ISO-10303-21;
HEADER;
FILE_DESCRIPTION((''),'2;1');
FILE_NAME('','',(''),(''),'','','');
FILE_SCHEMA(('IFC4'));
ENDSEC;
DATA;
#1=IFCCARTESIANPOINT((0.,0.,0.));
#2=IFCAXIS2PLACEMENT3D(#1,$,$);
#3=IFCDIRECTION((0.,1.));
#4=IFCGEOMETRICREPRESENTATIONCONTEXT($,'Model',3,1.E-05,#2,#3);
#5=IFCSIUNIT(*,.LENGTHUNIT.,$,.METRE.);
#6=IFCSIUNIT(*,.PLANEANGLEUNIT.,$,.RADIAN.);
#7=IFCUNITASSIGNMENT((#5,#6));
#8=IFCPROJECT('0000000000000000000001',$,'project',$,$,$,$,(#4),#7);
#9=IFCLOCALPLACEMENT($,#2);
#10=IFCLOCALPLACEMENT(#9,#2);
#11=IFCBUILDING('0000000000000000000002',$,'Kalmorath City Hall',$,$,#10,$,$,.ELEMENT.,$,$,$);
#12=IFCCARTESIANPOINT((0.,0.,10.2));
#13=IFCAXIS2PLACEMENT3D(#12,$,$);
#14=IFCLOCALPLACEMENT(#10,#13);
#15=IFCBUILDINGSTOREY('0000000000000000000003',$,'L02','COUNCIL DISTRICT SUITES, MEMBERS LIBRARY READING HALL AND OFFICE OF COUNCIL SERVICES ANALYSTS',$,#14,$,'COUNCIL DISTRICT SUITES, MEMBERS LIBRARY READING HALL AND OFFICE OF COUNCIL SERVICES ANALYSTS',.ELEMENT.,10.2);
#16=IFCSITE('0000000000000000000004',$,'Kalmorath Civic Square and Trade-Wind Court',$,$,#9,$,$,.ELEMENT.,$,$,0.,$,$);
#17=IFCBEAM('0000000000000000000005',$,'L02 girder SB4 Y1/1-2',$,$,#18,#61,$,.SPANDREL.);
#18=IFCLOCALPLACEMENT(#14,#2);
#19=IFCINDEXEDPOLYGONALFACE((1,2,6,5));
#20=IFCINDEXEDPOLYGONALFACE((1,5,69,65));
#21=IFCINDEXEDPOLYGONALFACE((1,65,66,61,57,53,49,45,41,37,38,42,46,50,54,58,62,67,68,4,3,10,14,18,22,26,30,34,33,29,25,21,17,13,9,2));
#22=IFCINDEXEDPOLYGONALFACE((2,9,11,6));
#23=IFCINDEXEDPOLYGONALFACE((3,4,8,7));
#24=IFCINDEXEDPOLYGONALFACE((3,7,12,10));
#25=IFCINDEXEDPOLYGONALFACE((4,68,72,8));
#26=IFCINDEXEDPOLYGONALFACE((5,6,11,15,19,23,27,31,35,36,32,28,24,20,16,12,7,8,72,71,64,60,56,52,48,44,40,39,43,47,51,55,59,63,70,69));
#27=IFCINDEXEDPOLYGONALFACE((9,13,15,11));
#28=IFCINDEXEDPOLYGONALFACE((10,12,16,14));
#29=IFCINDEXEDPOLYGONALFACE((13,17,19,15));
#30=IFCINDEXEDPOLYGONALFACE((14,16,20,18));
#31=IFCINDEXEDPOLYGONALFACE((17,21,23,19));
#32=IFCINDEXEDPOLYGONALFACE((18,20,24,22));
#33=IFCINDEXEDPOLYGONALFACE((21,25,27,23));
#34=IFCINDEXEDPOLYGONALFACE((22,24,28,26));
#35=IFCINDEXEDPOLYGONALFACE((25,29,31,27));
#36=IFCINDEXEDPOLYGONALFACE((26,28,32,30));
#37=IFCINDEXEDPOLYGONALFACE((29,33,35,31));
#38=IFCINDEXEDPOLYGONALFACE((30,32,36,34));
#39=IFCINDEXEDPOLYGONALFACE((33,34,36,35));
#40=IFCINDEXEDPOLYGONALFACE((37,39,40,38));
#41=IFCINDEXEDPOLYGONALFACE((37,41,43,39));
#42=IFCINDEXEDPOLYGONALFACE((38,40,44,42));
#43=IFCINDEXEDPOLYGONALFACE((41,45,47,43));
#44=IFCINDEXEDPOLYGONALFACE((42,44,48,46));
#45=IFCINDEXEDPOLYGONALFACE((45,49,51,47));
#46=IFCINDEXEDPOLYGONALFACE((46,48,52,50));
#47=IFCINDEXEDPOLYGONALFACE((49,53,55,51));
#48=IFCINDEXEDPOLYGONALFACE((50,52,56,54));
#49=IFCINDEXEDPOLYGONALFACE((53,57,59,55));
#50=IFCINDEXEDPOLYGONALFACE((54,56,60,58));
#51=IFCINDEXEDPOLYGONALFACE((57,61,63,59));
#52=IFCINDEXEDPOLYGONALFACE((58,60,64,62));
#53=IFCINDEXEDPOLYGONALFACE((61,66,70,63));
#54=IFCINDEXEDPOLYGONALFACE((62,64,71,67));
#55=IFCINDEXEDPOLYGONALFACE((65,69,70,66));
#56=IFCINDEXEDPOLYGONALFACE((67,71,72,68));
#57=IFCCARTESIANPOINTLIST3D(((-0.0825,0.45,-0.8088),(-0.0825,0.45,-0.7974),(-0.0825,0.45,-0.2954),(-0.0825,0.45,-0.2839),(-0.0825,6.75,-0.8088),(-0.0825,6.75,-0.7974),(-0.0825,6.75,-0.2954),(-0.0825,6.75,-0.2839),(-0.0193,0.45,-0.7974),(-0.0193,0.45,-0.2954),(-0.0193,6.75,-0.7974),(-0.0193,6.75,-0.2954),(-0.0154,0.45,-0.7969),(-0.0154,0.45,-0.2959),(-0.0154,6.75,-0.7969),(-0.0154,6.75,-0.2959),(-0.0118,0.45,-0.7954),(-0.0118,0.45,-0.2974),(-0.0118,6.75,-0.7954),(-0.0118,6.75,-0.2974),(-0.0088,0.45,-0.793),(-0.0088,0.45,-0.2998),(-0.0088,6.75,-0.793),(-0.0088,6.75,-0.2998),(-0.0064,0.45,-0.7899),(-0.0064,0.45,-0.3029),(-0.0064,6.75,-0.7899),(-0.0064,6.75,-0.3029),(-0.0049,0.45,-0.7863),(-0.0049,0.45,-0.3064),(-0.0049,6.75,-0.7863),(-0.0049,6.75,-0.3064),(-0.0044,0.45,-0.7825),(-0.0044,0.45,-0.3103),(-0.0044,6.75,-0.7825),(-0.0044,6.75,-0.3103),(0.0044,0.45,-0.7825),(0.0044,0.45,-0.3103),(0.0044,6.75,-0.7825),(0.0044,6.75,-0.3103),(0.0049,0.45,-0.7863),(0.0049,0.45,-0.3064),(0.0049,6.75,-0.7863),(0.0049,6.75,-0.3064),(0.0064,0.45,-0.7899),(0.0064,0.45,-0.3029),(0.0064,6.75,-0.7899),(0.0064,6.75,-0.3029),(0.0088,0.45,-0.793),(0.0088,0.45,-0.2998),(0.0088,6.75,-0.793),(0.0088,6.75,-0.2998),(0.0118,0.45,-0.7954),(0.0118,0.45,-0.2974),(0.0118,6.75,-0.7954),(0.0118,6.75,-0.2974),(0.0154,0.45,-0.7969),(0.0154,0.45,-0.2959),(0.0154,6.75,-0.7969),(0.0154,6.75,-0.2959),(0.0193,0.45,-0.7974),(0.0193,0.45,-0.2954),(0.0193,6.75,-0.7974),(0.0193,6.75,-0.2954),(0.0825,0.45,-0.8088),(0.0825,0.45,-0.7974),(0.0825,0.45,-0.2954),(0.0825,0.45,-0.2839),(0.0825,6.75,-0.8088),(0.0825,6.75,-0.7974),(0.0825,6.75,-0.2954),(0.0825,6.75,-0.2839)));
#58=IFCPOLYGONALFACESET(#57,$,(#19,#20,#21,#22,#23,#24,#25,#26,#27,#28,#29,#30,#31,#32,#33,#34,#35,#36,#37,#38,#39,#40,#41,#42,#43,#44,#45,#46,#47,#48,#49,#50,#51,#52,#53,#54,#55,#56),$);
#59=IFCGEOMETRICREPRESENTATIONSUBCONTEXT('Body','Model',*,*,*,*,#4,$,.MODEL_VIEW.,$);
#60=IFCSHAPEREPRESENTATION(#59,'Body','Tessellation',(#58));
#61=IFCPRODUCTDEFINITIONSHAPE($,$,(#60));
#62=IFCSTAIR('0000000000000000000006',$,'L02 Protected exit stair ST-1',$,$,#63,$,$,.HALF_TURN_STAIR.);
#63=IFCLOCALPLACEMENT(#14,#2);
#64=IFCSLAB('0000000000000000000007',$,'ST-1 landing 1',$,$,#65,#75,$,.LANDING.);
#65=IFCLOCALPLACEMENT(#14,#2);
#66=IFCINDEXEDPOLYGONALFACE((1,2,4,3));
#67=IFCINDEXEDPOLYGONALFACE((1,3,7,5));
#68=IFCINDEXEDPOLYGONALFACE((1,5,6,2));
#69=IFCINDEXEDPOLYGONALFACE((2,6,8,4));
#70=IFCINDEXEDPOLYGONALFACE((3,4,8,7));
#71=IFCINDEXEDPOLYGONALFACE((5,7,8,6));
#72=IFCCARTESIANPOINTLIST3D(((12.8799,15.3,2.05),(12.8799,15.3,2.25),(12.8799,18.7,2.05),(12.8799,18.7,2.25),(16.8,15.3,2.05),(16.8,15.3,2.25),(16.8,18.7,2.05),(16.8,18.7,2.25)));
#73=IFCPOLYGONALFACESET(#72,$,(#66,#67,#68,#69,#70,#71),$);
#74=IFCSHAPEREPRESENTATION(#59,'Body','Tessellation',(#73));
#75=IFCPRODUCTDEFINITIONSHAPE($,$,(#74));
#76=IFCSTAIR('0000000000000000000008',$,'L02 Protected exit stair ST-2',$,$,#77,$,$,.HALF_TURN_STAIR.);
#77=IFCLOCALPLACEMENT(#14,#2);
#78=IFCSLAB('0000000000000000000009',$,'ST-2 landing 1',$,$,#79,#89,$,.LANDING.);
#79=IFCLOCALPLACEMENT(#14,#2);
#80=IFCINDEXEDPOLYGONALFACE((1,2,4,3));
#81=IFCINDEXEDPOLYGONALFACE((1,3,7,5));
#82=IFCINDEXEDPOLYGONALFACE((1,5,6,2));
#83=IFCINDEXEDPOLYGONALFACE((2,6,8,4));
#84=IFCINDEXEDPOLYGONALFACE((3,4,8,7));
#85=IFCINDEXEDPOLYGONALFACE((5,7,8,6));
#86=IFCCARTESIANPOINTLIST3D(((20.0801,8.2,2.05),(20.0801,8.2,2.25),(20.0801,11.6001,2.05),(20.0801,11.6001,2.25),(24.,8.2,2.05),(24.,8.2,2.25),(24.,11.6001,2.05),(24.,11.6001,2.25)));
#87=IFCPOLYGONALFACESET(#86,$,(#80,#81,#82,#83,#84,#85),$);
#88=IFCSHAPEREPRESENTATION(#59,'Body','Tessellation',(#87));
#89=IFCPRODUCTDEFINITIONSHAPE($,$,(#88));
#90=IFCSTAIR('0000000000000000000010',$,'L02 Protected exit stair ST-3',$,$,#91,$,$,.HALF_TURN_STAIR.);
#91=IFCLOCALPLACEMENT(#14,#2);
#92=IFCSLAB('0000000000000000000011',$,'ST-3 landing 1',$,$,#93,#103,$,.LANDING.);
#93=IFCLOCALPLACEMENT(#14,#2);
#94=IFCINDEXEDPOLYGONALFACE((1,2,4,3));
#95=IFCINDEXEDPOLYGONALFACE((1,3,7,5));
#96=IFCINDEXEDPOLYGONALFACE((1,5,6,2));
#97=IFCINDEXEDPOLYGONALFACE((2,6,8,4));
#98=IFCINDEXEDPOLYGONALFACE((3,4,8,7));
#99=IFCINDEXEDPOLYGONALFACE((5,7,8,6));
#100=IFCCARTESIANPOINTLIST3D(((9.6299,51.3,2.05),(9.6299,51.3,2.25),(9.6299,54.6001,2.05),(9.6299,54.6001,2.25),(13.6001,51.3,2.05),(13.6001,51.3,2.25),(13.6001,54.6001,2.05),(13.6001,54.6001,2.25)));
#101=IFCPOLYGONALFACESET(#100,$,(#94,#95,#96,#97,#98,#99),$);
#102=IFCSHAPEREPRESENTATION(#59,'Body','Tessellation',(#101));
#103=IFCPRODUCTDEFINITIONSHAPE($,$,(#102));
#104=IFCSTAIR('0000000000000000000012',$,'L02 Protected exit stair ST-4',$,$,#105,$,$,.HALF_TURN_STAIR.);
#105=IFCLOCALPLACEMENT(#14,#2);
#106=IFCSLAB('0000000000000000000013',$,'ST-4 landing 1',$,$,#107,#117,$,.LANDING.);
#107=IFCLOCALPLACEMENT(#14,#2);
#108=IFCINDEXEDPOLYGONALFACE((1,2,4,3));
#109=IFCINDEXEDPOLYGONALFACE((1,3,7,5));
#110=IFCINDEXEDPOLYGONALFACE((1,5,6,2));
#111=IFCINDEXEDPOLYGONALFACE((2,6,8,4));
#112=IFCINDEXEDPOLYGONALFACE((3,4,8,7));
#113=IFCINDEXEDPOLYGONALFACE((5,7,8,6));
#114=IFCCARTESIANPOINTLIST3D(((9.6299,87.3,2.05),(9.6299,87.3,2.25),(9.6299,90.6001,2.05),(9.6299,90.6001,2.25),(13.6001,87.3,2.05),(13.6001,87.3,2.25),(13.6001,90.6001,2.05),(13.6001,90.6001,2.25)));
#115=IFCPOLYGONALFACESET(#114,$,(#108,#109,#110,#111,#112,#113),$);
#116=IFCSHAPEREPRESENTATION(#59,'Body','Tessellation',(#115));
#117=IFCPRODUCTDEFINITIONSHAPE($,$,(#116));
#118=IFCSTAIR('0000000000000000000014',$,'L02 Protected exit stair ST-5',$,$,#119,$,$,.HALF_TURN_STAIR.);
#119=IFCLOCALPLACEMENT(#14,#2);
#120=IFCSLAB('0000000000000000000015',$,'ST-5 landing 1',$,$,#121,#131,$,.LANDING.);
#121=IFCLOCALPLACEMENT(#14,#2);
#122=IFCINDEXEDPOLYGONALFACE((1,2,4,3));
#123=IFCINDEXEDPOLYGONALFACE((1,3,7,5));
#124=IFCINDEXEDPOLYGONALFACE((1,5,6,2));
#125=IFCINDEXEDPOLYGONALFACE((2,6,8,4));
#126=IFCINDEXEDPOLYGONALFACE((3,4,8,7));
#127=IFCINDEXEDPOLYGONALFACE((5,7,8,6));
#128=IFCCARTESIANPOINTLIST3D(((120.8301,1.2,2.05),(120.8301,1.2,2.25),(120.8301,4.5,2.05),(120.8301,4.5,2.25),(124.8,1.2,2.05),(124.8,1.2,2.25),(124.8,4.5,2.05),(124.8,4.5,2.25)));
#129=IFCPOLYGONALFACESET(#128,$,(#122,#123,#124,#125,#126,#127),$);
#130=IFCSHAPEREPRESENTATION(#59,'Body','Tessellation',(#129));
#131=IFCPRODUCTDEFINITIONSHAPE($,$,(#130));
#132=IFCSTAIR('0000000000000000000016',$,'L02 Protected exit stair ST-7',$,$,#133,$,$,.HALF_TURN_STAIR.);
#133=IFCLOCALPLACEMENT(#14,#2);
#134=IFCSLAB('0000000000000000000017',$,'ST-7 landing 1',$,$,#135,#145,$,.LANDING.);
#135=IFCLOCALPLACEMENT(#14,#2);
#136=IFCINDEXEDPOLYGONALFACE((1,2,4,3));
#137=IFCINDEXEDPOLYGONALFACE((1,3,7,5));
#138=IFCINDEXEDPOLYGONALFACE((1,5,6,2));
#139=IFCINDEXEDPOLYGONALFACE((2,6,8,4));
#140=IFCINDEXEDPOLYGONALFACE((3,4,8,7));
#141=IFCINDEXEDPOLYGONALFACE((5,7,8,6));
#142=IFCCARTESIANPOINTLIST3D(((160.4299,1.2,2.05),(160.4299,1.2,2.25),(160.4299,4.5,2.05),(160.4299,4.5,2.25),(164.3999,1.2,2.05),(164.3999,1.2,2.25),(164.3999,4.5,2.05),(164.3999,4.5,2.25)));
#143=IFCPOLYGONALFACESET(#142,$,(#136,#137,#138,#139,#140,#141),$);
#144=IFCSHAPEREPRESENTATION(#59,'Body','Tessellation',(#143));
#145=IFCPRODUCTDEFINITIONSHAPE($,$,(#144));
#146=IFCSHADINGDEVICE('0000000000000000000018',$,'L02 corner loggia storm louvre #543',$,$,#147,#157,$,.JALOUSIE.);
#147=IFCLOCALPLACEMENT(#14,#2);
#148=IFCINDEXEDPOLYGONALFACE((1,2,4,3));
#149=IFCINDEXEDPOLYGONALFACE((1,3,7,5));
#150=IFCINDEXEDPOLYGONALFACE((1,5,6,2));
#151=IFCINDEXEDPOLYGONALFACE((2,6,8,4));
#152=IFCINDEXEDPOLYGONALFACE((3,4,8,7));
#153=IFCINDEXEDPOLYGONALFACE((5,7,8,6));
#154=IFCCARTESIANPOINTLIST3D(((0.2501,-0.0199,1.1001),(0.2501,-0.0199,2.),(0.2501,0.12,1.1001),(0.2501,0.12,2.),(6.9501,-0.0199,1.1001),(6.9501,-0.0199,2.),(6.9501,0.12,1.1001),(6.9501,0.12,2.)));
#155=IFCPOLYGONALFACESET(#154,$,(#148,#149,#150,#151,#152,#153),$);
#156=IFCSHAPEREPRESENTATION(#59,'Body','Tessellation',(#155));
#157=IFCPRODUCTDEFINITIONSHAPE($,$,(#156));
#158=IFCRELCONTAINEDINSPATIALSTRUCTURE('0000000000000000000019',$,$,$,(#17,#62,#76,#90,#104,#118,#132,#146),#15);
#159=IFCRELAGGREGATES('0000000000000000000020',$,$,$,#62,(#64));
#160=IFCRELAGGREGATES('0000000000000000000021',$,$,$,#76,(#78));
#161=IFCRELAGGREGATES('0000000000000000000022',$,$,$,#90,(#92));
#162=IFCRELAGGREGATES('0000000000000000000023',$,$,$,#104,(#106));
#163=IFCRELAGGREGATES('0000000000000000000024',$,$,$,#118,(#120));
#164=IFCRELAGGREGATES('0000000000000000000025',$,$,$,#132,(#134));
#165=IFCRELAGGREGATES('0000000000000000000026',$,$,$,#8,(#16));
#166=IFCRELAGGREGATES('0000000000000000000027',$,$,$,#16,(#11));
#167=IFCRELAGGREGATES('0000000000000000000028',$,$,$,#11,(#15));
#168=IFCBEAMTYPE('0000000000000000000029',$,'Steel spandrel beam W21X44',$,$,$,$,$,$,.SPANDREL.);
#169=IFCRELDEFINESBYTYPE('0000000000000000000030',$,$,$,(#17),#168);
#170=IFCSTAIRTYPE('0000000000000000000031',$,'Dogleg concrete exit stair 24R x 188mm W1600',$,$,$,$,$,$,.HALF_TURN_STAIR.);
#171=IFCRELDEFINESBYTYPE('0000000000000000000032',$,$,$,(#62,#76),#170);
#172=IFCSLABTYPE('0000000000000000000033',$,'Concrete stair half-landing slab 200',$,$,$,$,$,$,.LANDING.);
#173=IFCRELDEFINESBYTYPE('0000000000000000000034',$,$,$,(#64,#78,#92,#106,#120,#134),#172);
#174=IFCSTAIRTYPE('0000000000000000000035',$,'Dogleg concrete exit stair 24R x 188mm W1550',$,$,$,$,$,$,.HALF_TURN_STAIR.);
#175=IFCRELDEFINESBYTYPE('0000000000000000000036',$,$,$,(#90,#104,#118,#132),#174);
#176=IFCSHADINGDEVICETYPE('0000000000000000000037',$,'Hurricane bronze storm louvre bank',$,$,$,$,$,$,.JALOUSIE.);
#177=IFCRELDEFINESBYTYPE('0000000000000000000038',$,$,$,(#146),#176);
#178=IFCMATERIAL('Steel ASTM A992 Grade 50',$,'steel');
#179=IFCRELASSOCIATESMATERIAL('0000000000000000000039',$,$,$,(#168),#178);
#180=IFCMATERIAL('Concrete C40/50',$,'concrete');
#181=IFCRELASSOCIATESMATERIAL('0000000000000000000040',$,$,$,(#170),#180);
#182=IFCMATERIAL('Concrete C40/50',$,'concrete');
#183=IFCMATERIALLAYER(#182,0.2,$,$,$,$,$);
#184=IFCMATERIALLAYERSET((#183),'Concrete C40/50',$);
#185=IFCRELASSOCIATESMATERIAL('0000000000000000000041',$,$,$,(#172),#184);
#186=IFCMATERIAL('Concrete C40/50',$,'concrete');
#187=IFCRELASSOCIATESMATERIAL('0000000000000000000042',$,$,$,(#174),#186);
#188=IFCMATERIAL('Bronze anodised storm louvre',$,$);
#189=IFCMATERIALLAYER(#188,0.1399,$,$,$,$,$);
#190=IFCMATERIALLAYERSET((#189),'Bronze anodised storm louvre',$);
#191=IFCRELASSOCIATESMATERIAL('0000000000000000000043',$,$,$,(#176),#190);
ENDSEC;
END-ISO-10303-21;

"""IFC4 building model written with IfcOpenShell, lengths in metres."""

from ifc_helpers import new_model, si_unit, direction, frame, origin, origin_2d, place, context, subcontext, project, spatial, polyline, rectangle, i_section, outline, extrude, material, layer, layer_set, material_profile, profile_set, type_object, element, aggregate, save


model = new_model("IFC4")

# Units and contexts
model_context = context("Model", 3, precision=1e-05, world=origin(), true_north=direction((0.0, 1.0)))
body_context = subcontext(model_context, "Body", "Model", "MODEL_VIEW")
ifc_project = project(units=[si_unit("LENGTHUNIT", "METRE"), si_unit("PLANEANGLEUNIT", "RADIAN")], contexts=[model_context])

# Site, building, storey
site_placement = place(None, origin())
site = spatial("IfcSite", under=ifc_project, at=site_placement, Name="Kalmorath Civic Square and Trade-Wind Court", CompositionType="ELEMENT", RefElevation=0.0)
building_placement = place(site_placement, origin())
building = spatial("IfcBuilding", under=site, at=building_placement, Name="Kalmorath City Hall", CompositionType="ELEMENT")
storey_placement = place(building_placement, frame((0.0, 0.0, 10.2)))
storey = spatial("IfcBuildingStorey", under=building, at=storey_placement, Name="L02", Description="COUNCIL DISTRICT SUITES, MEMBERS LIBRARY READING HALL AND OFFICE OF COUNCIL SERVICES ANALYSTS", LongName="COUNCIL DISTRICT SUITES, MEMBERS LIBRARY READING HALL AND OFFICE OF COUNCIL SERVICES ANALYSTS", CompositionType="ELEMENT", Elevation=10.2)

# Beam
ifc_material_1 = material(Name="Steel ASTM A992 Grade 50", Category="steel")
ifc_material_profile_1 = material_profile(ifc_material_1, i_section(OverallWidth=0.165, OverallDepth=0.5249, WebThickness=0.0088, FlangeThickness=0.0115, FilletRadius=0.0149, at=origin_2d()), Name="W21X44")
ifc_profile_set_1 = profile_set([ifc_material_profile_1], Name="Steel ASTM A992 Grade 50")
beam_type_1 = type_object("IfcBeamType", Name="Steel spandrel beam W21X44", PredefinedType="SPANDREL", material=ifc_profile_set_1)
beam_1_placement = place(storey_placement, frame((0.0, 0.45, -0.5464), z_axis=(0.0, 1.0, 0.0), x_axis=(-1.0, 0.0, 0.0)))
element("IfcBeam", 1, at=beam_1_placement, inside=storey, type_object=beam_type_1, Name="L02 girder SB4 Y1/1-2", PredefinedType="SPANDREL", context=body_context, shape_type="SweptSolid", body=[
    extrude(i_section(OverallWidth=0.165, OverallDepth=0.5249, WebThickness=0.0088, FlangeThickness=0.0115, FilletRadius=0.0149, at=origin_2d()), origin(), (0.0, 0.0, 1.0), 6.3),
])

# Stairs, slabs
ifc_material_2 = material(Name="Concrete C40/50", Category="concrete")
stair_type_1 = type_object("IfcStairType", Name="Dogleg concrete exit stair 24R x 188mm W1600", PredefinedType="HALF_TURN_STAIR", material=ifc_material_2)
stair_1_placement = place(storey_placement, origin())
stair_1 = element("IfcStair", 2, at=stair_1_placement, inside=storey, type_object=stair_type_1, Name="L02 Protected exit stair ST-1", PredefinedType="HALF_TURN_STAIR")
ifc_material_3 = material(Name="Concrete C40/50", Category="concrete")
ifc_layer_1 = layer(ifc_material_3, 0.2)
ifc_layer_set_1 = layer_set([ifc_layer_1], Name="Concrete C40/50")
slab_type = type_object("IfcSlabType", Name="Concrete stair half-landing slab 200", PredefinedType="LANDING", material=ifc_layer_set_1)
slab_1_placement = place(storey_placement, frame((0.0, 0.0, 2.05)))
slab_1 = element("IfcSlab", 3, at=slab_1_placement, type_object=slab_type, Name="ST-1 landing 1", PredefinedType="LANDING", context=body_context, shape_type="SweptSolid", body=[
    extrude(outline(polyline([(12.8799, 15.3), (16.8, 15.3), (16.8, 18.7), (12.8799, 18.7), (12.8799, 15.3)])), origin(), (0.0, 0.0, 1.0), 0.2),
])
aggregate(stair_1, [slab_1])
stair_2_placement = place(storey_placement, origin())
stair_2 = element("IfcStair", 4, at=stair_2_placement, inside=storey, type_object=stair_type_1, Name="L02 Protected exit stair ST-2", PredefinedType="HALF_TURN_STAIR")
slab_2_placement = place(storey_placement, frame((0.0, 0.0, 2.05)))
slab_2 = element("IfcSlab", 5, at=slab_2_placement, type_object=slab_type, Name="ST-2 landing 1", PredefinedType="LANDING", context=body_context, shape_type="SweptSolid", body=[
    extrude(outline(polyline([(20.0801, 8.2), (24.0, 8.2), (24.0, 11.6001), (20.0801, 11.6001), (20.0801, 8.2)])), origin(), (0.0, 0.0, 1.0), 0.2),
])
aggregate(stair_2, [slab_2])
ifc_material_4 = material(Name="Concrete C40/50", Category="concrete")
stair_type_2 = type_object("IfcStairType", Name="Dogleg concrete exit stair 24R x 188mm W1550", PredefinedType="HALF_TURN_STAIR", material=ifc_material_4)
stair_3_placement = place(storey_placement, origin())
stair_3 = element("IfcStair", 6, at=stair_3_placement, inside=storey, type_object=stair_type_2, Name="L02 Protected exit stair ST-3", PredefinedType="HALF_TURN_STAIR")
slab_3_placement = place(storey_placement, frame((0.0, 0.0, 2.05)))
slab_3 = element("IfcSlab", 7, at=slab_3_placement, type_object=slab_type, Name="ST-3 landing 1", PredefinedType="LANDING", context=body_context, shape_type="SweptSolid", body=[
    extrude(outline(polyline([(9.6299, 51.3), (13.6001, 51.3), (13.6001, 54.6001), (9.6299, 54.6001), (9.6299, 51.3)])), origin(), (0.0, 0.0, 1.0), 0.2),
])
aggregate(stair_3, [slab_3])
stair_4_placement = place(storey_placement, origin())
stair_4 = element("IfcStair", 8, at=stair_4_placement, inside=storey, type_object=stair_type_2, Name="L02 Protected exit stair ST-4", PredefinedType="HALF_TURN_STAIR")
slab_4_placement = place(storey_placement, frame((0.0, 0.0, 2.05)))
slab_4 = element("IfcSlab", 9, at=slab_4_placement, type_object=slab_type, Name="ST-4 landing 1", PredefinedType="LANDING", context=body_context, shape_type="SweptSolid", body=[
    extrude(outline(polyline([(9.6299, 87.3), (13.6001, 87.3), (13.6001, 90.6001), (9.6299, 90.6001), (9.6299, 87.3)])), origin(), (0.0, 0.0, 1.0), 0.2),
])
aggregate(stair_4, [slab_4])
stair_5_placement = place(storey_placement, origin())
stair_5 = element("IfcStair", 10, at=stair_5_placement, inside=storey, type_object=stair_type_2, Name="L02 Protected exit stair ST-5", PredefinedType="HALF_TURN_STAIR")
slab_5_placement = place(storey_placement, frame((0.0, 0.0, 2.05)))
slab_5 = element("IfcSlab", 11, at=slab_5_placement, type_object=slab_type, Name="ST-5 landing 1", PredefinedType="LANDING", context=body_context, shape_type="SweptSolid", body=[
    extrude(outline(polyline([(120.8301, 1.2), (124.8, 1.2), (124.8, 4.5), (120.8301, 4.5), (120.8301, 1.2)])), origin(), (0.0, 0.0, 1.0), 0.2),
])
aggregate(stair_5, [slab_5])
stair_6_placement = place(storey_placement, origin())
stair_6 = element("IfcStair", 12, at=stair_6_placement, inside=storey, type_object=stair_type_2, Name="L02 Protected exit stair ST-7", PredefinedType="HALF_TURN_STAIR")
slab_6_placement = place(storey_placement, frame((0.0, 0.0, 2.05)))
slab_6 = element("IfcSlab", 13, at=slab_6_placement, type_object=slab_type, Name="ST-7 landing 1", PredefinedType="LANDING", context=body_context, shape_type="SweptSolid", body=[
    extrude(outline(polyline([(160.4299, 1.2), (164.3999, 1.2), (164.3999, 4.5), (160.4299, 4.5), (160.4299, 1.2)])), origin(), (0.0, 0.0, 1.0), 0.2),
])
aggregate(stair_6, [slab_6])

# Shading device
ifc_material_5 = material(Name="Bronze anodised storm louvre")
ifc_layer_2 = layer(ifc_material_5, 0.1399)
ifc_layer_set_2 = layer_set([ifc_layer_2], Name="Bronze anodised storm louvre")
shading_device_type = type_object("IfcShadingDeviceType", Name="Hurricane bronze storm louvre bank", PredefinedType="JALOUSIE", material=ifc_layer_set_2)
shading_device_placement = place(storey_placement, frame((3.6001, 0.05, 1.1001), z_axis=(0.0, 0.0, 1.0), x_axis=(1.0, 0.0, 0.0)))
element("IfcShadingDevice", 14, at=shading_device_placement, inside=storey, type_object=shading_device_type, Name="L02 corner loggia storm louvre #543", PredefinedType="JALOUSIE", context=body_context, shape_type="SweptSolid", body=[
    extrude(rectangle(XDim=6.7, YDim=0.1399, at=origin_2d()), origin(), (0.0, 0.0, 1.0), 0.8999),
])

save(model, "model.ifc")
